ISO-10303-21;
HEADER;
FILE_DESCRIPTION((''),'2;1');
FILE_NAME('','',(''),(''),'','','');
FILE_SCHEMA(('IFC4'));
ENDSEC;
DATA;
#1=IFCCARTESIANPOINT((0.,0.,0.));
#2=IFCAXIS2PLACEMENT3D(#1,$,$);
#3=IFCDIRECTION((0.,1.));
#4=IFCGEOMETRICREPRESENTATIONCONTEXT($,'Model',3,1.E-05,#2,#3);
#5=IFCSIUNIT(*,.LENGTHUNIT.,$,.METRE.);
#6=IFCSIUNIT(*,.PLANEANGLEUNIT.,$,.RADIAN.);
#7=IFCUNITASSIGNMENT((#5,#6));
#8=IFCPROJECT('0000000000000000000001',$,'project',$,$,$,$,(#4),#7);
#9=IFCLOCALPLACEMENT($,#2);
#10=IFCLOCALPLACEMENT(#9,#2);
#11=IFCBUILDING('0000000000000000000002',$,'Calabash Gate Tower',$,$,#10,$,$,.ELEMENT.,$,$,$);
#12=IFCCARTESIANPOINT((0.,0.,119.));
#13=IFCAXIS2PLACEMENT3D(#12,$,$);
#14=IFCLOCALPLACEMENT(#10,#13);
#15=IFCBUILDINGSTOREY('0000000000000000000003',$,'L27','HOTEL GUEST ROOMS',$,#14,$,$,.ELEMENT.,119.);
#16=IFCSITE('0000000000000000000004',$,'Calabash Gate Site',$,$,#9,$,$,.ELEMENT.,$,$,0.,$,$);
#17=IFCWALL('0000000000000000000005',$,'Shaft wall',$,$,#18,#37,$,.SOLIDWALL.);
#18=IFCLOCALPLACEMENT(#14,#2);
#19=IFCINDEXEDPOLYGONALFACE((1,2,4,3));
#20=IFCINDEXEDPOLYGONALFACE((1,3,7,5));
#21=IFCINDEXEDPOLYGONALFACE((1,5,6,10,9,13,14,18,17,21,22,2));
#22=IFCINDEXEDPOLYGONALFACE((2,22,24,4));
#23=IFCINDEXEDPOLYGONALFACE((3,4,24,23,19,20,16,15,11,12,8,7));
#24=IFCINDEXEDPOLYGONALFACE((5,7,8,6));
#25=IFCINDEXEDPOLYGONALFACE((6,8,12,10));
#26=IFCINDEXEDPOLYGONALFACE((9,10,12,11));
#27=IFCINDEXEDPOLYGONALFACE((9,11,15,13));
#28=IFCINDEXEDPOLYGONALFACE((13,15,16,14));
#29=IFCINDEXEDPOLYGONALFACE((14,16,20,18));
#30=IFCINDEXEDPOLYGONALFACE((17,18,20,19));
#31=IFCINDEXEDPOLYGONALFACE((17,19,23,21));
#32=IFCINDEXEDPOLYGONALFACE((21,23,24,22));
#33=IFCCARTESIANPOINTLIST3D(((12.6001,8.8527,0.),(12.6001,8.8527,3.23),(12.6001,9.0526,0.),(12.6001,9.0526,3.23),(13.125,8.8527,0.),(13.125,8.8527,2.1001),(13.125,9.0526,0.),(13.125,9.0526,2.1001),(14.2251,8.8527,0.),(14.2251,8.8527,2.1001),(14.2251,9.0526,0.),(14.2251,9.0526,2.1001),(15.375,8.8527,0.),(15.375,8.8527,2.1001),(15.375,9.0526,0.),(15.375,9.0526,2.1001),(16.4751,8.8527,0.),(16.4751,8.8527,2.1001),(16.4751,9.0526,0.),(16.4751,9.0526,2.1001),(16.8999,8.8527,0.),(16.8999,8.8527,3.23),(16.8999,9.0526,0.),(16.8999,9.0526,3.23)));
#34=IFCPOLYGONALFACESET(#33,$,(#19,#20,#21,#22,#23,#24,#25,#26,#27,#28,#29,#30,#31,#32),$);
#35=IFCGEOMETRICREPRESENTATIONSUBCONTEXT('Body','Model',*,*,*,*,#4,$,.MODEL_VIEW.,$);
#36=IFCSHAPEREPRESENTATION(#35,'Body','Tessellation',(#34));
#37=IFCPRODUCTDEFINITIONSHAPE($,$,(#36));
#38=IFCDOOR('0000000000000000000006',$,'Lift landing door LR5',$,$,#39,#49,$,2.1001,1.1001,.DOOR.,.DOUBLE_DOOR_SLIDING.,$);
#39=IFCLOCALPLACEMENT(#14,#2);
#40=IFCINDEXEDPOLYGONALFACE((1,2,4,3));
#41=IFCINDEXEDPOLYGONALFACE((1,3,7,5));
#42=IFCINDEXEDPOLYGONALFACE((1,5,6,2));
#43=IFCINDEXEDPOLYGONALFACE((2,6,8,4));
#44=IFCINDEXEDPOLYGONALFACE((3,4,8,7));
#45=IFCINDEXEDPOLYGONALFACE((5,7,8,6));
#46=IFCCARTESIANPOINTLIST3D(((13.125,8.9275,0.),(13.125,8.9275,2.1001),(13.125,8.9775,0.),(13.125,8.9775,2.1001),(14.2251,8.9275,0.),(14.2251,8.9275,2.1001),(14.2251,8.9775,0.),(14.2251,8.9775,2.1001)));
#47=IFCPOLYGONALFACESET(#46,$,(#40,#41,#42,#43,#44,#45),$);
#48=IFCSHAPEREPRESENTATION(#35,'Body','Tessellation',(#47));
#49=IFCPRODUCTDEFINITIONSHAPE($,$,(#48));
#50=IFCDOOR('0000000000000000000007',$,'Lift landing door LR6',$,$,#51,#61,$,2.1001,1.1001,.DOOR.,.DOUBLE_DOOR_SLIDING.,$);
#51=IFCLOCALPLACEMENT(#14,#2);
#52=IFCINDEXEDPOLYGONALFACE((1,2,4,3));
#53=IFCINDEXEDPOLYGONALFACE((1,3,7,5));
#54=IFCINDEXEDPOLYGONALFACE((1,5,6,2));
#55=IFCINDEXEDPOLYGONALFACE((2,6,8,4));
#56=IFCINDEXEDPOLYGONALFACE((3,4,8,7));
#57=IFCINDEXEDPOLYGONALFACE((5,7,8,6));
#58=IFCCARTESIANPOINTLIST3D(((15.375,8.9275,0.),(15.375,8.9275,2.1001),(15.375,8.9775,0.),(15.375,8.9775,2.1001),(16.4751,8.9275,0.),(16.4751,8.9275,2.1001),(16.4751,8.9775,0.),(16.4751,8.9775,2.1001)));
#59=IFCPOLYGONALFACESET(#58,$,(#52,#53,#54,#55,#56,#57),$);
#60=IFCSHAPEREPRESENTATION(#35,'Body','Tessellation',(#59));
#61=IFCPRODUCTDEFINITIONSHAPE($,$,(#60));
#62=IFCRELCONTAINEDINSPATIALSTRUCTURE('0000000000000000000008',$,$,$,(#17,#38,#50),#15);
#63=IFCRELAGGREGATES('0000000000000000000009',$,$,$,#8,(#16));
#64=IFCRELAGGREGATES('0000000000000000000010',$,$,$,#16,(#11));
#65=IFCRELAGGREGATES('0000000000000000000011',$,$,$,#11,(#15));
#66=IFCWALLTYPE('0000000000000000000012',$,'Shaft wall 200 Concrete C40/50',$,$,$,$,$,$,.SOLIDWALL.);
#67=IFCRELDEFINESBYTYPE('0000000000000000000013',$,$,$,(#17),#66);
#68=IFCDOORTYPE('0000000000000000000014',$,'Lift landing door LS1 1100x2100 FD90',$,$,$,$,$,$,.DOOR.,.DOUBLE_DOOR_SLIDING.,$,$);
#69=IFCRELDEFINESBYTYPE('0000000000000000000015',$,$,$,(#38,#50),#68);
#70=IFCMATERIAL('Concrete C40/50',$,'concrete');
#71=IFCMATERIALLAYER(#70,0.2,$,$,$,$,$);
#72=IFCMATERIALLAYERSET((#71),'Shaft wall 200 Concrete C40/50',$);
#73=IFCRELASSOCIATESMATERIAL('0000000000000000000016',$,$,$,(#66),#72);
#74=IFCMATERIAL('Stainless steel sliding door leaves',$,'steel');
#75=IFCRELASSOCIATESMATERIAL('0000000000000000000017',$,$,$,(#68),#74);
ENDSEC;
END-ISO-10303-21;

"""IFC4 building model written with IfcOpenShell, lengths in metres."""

from ifc_helpers import new_model, si_unit, direction, frame, frame_2d, origin, place, context, subcontext, project, spatial, rectangle, extrude, material, layer, layer_set, type_object, element, fill, save


model = new_model("IFC4")

# Units and contexts
model_context = context("Model", 3, precision=1e-05, world=origin(), true_north=direction((0.0, 1.0)))
body_context = subcontext(model_context, "Body", "Model", "MODEL_VIEW")
ifc_project = project(units=[si_unit("LENGTHUNIT", "METRE"), si_unit("PLANEANGLEUNIT", "RADIAN")], contexts=[model_context])

# Site, building, storey
site_placement = place(None, origin())
site = spatial("IfcSite", under=ifc_project, at=site_placement, Name="Calabash Gate Site", CompositionType="ELEMENT", RefElevation=0.0)
building_placement = place(site_placement, origin())
building = spatial("IfcBuilding", under=site, at=building_placement, Name="Calabash Gate Tower", CompositionType="ELEMENT")
storey_placement = place(building_placement, frame((0.0, 0.0, 119.0)))
storey = spatial("IfcBuildingStorey", under=building, at=storey_placement, Name="L27", Description="HOTEL GUEST ROOMS", CompositionType="ELEMENT", Elevation=119.0)

# Shared definitions
ifc_material_1 = material(Name="Concrete C40/50", Category="concrete")
ifc_layer_1 = layer(ifc_material_1, 0.2)
ifc_layer_set_1 = layer_set([ifc_layer_1], Name="Shaft wall 200 Concrete C40/50")
wall_type_1 = type_object("IfcWallType", Name="Shaft wall 200 Concrete C40/50", PredefinedType="SOLIDWALL", material=ifc_layer_set_1)

# Wall, openings, doors
wall_1_placement = place(storey_placement, frame((12.6001, 8.9526, 0.0), z_axis=(0.0, 0.0, 1.0), x_axis=(1.0, 0.0, 0.0)))
wall_1 = element("IfcWall", 1, at=wall_1_placement, inside=storey, type_object=wall_type_1, Name="Shaft wall", PredefinedType="SOLIDWALL", context=body_context, shape_type="SweptSolid", body=[
    extrude(rectangle(XDim=4.2998, YDim=0.2, at=frame_2d((2.1499, 0.0))), origin(), (0.0, 0.0, 1.0), 3.23),
])
opening_1_placement = place(wall_1_placement, frame((0.5249, 0.0, 0.0)))
opening_1 = element("IfcOpeningElement", 2, at=opening_1_placement, cuts=wall_1, PredefinedType="OPENING", context=body_context, shape_type="SweptSolid", body=[
    extrude(rectangle(XDim=1.1001, YDim=2.1001, at=frame_2d((0.55, 1.05))), frame((0.0, 0.1099, 0.0), z_axis=(0.0, -1.0, 0.0), x_axis=(1.0, 0.0, 0.0)), (0.0, 0.0, 1.0), 0.22),
])
opening_2_placement = place(wall_1_placement, frame((2.7749, 0.0, 0.0)))
opening_2 = element("IfcOpeningElement", 3, at=opening_2_placement, cuts=wall_1, PredefinedType="OPENING", context=body_context, shape_type="SweptSolid", body=[
    extrude(rectangle(XDim=1.1001, YDim=2.1001, at=frame_2d((0.55, 1.05))), frame((0.0, 0.1099, 0.0), z_axis=(0.0, -1.0, 0.0), x_axis=(1.0, 0.0, 0.0)), (0.0, 0.0, 1.0), 0.22),
])
ifc_material_2 = material(Name="Stainless steel sliding door leaves", Category="steel")
door_type_1 = type_object("IfcDoorType", Name="Lift landing door LS1 1100x2100 FD90", OperationType="DOUBLE_DOOR_SLIDING", PredefinedType="DOOR", material=ifc_material_2)
door_1_placement = place(opening_1_placement, origin())
door_1 = element("IfcDoor", 4, at=door_1_placement, inside=storey, type_object=door_type_1, Name="Lift landing door LR5", OperationType="DOUBLE_DOOR_SLIDING", OverallHeight=2.1001, OverallWidth=1.1001, PredefinedType="DOOR", context=body_context, shape_type="SweptSolid", body=[
    extrude(rectangle(XDim=1.1001, YDim=2.1001, at=frame_2d((0.55, 1.05))), frame((0.0, 0.0249, 0.0), z_axis=(0.0, -1.0, 0.0), x_axis=(1.0, 0.0, 0.0)), (0.0, 0.0, 1.0), 0.05),
])
fill(opening_1, door_1)
door_2_placement = place(opening_2_placement, origin())
door_2 = element("IfcDoor", 5, at=door_2_placement, inside=storey, type_object=door_type_1, Name="Lift landing door LR6", OperationType="DOUBLE_DOOR_SLIDING", OverallHeight=2.1001, OverallWidth=1.1001, PredefinedType="DOOR", context=body_context, shape_type="SweptSolid", body=[
    extrude(rectangle(XDim=1.1001, YDim=2.1001, at=frame_2d((0.55, 1.05))), frame((0.0, 0.0249, 0.0), z_axis=(0.0, -1.0, 0.0), x_axis=(1.0, 0.0, 0.0)), (0.0, 0.0, 1.0), 0.05),
])
fill(opening_2, door_2)

save(model, "model.ifc")
